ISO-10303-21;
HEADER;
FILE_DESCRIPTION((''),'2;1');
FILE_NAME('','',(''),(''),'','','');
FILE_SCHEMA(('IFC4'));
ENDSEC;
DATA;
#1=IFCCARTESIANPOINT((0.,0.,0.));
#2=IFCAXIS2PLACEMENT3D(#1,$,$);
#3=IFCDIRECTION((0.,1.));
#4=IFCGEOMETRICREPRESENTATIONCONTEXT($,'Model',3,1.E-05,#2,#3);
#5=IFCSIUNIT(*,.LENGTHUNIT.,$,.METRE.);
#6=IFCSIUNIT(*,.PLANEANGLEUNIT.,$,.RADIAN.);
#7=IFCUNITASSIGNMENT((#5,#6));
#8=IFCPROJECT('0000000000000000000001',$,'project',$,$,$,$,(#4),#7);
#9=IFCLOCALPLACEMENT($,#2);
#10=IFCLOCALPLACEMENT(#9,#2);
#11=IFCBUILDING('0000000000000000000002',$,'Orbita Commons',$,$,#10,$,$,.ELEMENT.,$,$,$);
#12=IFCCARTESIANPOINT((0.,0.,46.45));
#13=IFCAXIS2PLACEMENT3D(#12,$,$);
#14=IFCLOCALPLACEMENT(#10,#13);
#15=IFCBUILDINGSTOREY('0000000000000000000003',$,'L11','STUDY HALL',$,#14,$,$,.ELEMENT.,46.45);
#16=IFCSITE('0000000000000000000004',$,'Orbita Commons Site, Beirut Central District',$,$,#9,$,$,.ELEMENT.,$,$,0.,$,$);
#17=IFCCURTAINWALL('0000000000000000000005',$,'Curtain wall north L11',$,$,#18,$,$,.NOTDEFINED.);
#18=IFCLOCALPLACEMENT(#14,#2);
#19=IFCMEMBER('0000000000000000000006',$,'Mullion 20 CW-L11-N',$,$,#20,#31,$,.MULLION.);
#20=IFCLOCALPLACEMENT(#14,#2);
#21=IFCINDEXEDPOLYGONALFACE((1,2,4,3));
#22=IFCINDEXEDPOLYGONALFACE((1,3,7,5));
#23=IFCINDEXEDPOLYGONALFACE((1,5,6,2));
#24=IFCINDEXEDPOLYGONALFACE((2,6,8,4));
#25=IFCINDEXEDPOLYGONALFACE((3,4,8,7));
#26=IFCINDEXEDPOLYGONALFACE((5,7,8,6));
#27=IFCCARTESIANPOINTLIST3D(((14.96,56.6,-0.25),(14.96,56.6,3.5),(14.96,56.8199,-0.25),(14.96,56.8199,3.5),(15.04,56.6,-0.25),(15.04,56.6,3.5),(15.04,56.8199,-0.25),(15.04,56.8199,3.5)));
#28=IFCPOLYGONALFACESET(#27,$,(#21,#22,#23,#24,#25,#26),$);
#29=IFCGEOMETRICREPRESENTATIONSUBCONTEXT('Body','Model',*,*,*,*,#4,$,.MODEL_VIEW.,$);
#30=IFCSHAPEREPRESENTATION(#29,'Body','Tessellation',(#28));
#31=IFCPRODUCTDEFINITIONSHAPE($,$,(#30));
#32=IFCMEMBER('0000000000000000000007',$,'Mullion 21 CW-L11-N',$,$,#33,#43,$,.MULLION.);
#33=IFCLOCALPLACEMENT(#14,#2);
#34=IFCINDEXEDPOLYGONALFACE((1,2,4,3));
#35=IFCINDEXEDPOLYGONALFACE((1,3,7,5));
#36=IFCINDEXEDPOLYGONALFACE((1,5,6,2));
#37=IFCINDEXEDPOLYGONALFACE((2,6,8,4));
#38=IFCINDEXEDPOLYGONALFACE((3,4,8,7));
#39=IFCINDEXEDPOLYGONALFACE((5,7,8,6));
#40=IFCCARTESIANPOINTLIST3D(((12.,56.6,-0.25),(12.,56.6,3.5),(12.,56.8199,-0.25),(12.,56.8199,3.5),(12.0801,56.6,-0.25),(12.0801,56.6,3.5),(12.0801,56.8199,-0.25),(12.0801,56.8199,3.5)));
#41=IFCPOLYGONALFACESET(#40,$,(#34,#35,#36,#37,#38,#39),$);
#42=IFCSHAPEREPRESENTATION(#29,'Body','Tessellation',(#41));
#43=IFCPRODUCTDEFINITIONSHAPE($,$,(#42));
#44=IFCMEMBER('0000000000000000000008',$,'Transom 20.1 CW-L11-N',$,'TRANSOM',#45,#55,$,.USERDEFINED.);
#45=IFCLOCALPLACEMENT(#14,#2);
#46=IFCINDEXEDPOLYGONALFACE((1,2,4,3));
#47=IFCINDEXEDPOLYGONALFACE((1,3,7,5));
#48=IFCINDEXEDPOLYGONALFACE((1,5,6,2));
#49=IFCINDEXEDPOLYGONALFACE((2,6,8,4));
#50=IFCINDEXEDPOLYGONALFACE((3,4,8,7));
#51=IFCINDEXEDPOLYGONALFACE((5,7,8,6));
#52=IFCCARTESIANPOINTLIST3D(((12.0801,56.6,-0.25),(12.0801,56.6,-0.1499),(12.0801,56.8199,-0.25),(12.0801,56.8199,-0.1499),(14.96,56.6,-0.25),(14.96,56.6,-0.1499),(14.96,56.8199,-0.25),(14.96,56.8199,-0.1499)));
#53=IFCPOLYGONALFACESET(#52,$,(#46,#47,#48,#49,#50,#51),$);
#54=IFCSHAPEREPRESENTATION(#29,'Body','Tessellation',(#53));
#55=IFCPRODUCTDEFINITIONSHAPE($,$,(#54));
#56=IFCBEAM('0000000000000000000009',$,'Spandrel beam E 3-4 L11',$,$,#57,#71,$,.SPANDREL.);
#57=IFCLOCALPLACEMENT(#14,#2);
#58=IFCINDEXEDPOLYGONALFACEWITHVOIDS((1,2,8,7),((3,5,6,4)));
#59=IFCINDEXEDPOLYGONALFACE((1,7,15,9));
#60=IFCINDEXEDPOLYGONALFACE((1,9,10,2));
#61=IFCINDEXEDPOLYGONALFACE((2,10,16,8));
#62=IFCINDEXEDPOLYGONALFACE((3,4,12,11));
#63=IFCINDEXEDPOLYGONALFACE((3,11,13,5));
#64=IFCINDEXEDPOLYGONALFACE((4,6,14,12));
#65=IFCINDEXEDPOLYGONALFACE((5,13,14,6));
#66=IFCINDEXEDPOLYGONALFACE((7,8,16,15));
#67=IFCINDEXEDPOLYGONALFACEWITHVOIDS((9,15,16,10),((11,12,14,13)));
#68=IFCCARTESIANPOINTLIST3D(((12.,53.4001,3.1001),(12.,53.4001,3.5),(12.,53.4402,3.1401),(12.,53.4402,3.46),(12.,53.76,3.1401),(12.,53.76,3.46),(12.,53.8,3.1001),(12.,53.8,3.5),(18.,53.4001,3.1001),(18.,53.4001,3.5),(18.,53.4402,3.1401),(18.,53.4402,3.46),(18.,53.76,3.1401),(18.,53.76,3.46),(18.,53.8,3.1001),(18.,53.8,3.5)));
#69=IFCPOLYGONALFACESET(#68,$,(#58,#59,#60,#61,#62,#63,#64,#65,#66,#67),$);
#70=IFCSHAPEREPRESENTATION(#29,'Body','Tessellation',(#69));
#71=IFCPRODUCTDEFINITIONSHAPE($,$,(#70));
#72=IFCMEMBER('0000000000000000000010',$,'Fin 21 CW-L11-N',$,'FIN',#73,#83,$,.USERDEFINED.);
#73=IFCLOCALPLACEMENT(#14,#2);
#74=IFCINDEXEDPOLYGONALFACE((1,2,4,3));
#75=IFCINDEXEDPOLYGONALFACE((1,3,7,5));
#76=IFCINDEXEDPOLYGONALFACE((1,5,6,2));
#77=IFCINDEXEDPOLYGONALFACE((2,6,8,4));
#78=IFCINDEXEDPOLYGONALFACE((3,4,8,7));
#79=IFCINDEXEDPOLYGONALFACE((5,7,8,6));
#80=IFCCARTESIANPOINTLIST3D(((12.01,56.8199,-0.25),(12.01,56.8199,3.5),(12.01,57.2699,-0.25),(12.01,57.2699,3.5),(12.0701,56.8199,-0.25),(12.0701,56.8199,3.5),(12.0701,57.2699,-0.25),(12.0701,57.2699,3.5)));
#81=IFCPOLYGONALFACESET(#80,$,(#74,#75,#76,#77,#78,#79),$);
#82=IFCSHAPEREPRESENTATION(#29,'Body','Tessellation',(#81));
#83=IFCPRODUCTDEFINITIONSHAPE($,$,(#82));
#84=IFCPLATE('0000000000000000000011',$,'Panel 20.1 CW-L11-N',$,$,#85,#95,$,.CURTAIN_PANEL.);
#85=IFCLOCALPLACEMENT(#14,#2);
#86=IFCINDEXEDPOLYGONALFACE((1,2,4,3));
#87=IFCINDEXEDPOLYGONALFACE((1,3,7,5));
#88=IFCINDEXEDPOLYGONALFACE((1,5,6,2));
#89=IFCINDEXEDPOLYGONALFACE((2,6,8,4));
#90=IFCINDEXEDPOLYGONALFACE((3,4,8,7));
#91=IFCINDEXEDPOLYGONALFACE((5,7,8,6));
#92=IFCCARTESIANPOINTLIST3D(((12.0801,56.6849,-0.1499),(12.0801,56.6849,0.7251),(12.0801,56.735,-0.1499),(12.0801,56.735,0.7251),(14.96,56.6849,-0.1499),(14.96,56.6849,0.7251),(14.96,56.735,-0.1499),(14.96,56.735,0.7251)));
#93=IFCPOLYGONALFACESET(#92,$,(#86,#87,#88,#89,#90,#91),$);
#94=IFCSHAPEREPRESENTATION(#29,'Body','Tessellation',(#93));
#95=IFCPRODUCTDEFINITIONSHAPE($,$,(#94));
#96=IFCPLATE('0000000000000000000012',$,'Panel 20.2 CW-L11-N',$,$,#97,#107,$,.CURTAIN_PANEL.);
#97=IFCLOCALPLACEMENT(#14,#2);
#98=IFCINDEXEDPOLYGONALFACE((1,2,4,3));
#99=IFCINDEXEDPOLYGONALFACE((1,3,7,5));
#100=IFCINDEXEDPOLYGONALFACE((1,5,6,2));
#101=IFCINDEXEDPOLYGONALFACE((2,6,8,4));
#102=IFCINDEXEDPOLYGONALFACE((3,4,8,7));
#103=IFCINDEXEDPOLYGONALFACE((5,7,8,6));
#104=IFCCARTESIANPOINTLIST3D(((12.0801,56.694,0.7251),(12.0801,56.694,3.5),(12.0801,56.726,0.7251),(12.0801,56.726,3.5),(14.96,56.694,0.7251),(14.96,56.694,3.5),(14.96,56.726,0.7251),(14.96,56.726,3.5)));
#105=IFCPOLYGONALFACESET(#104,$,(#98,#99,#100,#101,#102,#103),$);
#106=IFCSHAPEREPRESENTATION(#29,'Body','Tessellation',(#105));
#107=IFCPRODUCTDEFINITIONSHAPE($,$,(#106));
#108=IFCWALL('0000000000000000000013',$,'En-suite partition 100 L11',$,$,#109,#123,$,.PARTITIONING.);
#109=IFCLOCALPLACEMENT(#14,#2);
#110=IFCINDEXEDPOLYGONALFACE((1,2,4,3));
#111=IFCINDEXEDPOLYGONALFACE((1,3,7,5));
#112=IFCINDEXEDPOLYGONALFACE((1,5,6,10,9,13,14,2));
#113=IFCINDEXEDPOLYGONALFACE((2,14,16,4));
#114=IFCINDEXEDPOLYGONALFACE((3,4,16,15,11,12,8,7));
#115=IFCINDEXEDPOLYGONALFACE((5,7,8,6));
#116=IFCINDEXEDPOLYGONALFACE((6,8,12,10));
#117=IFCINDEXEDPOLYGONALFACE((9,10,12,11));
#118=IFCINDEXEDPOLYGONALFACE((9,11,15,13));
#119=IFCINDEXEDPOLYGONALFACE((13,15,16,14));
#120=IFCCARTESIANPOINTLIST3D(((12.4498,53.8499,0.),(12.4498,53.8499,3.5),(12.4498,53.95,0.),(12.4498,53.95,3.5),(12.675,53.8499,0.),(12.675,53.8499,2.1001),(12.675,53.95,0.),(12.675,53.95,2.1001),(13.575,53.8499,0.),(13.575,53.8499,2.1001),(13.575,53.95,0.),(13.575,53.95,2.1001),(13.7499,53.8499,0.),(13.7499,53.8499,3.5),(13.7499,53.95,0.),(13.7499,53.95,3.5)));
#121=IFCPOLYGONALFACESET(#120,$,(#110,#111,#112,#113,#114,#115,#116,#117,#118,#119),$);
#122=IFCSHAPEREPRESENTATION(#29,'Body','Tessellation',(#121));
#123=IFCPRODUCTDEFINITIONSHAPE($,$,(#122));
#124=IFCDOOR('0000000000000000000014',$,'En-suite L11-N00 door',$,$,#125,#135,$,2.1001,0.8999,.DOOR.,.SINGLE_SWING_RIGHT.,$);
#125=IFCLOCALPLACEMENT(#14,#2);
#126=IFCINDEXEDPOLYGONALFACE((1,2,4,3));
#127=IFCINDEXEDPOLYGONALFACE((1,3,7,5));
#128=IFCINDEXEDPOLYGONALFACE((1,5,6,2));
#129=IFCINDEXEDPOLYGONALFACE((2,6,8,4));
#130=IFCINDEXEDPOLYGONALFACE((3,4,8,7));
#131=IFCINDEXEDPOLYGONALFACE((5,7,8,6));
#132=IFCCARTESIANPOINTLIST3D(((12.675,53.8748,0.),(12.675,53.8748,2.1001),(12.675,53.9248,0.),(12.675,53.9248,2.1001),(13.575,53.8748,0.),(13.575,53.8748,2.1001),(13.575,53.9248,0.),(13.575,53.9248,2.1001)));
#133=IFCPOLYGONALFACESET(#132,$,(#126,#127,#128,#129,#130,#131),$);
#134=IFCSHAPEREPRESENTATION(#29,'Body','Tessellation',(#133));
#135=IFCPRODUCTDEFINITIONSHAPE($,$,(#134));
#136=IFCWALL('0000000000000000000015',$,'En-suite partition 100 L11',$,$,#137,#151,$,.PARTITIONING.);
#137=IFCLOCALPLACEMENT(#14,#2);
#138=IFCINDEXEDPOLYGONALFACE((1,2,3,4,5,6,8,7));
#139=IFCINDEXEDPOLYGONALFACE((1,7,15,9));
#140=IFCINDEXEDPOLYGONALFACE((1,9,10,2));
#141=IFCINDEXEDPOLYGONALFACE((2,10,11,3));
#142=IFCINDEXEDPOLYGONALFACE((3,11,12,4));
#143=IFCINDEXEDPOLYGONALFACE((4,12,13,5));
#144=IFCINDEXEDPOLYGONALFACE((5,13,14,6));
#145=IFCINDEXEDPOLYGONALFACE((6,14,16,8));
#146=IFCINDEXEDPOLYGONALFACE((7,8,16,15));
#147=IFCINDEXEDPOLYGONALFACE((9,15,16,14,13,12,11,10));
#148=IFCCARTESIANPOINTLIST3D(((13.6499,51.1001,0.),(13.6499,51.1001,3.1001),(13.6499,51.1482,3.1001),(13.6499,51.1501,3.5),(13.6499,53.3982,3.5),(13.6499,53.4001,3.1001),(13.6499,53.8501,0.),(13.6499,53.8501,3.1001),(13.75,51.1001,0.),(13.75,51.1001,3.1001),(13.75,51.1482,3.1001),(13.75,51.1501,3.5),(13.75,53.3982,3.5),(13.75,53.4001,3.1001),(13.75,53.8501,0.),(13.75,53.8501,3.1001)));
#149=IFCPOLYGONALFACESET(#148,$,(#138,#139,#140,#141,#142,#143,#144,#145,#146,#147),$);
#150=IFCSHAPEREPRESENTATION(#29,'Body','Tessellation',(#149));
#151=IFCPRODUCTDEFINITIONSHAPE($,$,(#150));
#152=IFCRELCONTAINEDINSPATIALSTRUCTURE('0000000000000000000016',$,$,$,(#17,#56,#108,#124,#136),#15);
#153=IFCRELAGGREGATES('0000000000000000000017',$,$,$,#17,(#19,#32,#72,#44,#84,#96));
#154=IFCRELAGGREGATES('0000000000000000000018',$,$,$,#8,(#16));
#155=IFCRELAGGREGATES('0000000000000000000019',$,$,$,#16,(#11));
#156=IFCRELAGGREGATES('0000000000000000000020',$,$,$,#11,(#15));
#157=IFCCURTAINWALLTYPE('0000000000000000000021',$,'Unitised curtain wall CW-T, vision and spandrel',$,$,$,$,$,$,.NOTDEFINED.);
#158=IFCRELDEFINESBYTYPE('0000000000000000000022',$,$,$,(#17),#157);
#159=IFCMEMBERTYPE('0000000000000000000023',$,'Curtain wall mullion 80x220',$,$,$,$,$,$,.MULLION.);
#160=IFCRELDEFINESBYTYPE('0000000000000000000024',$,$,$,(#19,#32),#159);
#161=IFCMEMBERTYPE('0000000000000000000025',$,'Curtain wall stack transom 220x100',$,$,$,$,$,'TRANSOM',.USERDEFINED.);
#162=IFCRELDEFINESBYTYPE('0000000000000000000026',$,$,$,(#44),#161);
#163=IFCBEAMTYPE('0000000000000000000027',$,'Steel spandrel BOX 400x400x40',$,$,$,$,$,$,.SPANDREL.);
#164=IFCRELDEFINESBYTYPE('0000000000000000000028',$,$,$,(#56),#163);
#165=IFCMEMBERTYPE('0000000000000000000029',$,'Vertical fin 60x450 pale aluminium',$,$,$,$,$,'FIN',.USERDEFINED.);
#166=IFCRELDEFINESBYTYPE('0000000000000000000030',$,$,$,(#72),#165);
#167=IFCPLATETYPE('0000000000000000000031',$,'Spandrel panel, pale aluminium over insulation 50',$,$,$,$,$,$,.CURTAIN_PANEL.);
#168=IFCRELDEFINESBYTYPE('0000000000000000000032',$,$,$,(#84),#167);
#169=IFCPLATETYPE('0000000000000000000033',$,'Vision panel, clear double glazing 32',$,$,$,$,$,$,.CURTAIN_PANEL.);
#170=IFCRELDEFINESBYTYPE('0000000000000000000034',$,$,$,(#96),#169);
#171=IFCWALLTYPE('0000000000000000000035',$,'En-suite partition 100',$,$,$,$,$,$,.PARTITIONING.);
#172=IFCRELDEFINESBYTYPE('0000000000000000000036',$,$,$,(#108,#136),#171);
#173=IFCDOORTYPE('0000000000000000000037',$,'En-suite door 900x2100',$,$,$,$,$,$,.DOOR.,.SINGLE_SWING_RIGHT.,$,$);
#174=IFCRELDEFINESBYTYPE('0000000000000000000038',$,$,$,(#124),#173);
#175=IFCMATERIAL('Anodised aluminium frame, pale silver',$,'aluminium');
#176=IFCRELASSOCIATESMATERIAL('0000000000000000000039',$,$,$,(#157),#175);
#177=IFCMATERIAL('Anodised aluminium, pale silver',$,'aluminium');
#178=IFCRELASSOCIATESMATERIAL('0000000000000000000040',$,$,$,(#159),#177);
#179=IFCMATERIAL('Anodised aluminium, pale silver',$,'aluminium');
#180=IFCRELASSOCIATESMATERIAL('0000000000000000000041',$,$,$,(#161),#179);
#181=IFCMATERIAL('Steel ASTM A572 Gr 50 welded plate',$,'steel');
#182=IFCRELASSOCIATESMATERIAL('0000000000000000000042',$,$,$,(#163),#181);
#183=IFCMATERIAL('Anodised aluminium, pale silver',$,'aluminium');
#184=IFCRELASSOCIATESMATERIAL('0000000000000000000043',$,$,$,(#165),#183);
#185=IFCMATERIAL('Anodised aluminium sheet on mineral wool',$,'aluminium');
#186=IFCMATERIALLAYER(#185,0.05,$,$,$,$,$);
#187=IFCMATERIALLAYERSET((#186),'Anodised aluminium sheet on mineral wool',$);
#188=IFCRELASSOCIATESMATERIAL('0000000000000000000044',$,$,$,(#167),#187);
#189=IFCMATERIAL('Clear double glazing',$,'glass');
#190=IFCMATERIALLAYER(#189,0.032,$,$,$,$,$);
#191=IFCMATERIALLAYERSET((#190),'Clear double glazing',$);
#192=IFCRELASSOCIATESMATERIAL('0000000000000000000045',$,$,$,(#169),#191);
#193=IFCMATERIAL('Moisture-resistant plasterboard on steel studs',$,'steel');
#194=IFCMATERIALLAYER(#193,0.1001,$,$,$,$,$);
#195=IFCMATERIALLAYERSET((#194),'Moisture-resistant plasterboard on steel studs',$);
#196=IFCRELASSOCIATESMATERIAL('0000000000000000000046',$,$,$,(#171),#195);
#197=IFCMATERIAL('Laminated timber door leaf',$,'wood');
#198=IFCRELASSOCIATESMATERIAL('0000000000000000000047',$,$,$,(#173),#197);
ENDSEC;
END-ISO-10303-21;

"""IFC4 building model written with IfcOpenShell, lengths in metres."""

from ifc_helpers import new_model, si_unit, direction, frame, frame_2d, origin, origin_2d, place, context, subcontext, project, spatial, polyline, rectangle, hollow_rectangle, outline, extrude, material, layer, layer_set, material_profile, profile_set, type_object, element, fill, aggregate, save


model = new_model("IFC4")

# Units and contexts
model_context = context("Model", 3, precision=1e-05, world=origin(), true_north=direction((0.0, 1.0)))
body_context = subcontext(model_context, "Body", "Model", "MODEL_VIEW")
ifc_project = project(units=[si_unit("LENGTHUNIT", "METRE"), si_unit("PLANEANGLEUNIT", "RADIAN")], contexts=[model_context])

# Site, building, storey
site_placement = place(None, origin())
site = spatial("IfcSite", under=ifc_project, at=site_placement, Name="Orbita Commons Site, Beirut Central District", CompositionType="ELEMENT", RefElevation=0.0)
building_placement = place(site_placement, origin())
building = spatial("IfcBuilding", under=site, at=building_placement, Name="Orbita Commons", CompositionType="ELEMENT")
storey_placement = place(building_placement, frame((0.0, 0.0, 46.45)))
storey = spatial("IfcBuildingStorey", under=building, at=storey_placement, Name="L11", Description="STUDY HALL", CompositionType="ELEMENT", Elevation=46.45)

# Curtain wall, members
ifc_material_1 = material(Name="Anodised aluminium frame, pale silver", Category="aluminium")
curtain_wall_type = type_object("IfcCurtainWallType", Name="Unitised curtain wall CW-T, vision and spandrel", PredefinedType="NOTDEFINED", material=ifc_material_1)
curtain_wall_placement = place(storey_placement, origin())
curtain_wall = element("IfcCurtainWall", 1, at=curtain_wall_placement, inside=storey, type_object=curtain_wall_type, Name="Curtain wall north L11", PredefinedType="NOTDEFINED")
ifc_material_2 = material(Name="Anodised aluminium, pale silver", Category="aluminium")
ifc_material_profile_1 = material_profile(ifc_material_2, rectangle(XDim=0.0801, YDim=0.22, at=origin_2d()), Name="AL 80x220")
ifc_profile_set_1 = profile_set([ifc_material_profile_1], Name="Anodised aluminium, pale silver")
member_type_1 = type_object("IfcMemberType", Name="Curtain wall mullion 80x220", PredefinedType="MULLION", material=ifc_profile_set_1)
member_1_placement = place(storey_placement, frame((15.0, 56.71, -0.25), z_axis=(0.0, 0.0, 1.0), x_axis=(-1.0, 0.0, 0.0)))
member_1 = element("IfcMember", 2, at=member_1_placement, type_object=member_type_1, Name="Mullion 20 CW-L11-N", PredefinedType="MULLION", context=body_context, shape_type="SweptSolid", body=[
    extrude(rectangle(XDim=0.0801, YDim=0.22, at=origin_2d()), origin(), (0.0, 0.0, 1.0), 3.75),
])
member_2_placement = place(storey_placement, frame((12.04, 56.71, -0.25), z_axis=(0.0, 0.0, 1.0), x_axis=(-1.0, 0.0, 0.0)))
member_2 = element("IfcMember", 3, at=member_2_placement, type_object=member_type_1, Name="Mullion 21 CW-L11-N", PredefinedType="MULLION", context=body_context, shape_type="SweptSolid", body=[
    extrude(rectangle(XDim=0.0801, YDim=0.22, at=origin_2d()), origin(), (0.0, 0.0, 1.0), 3.75),
])
ifc_material_3 = material(Name="Anodised aluminium, pale silver", Category="aluminium")
ifc_material_profile_2 = material_profile(ifc_material_3, rectangle(XDim=0.22, YDim=0.1001, at=origin_2d()), Name="AL 220x100")
ifc_profile_set_2 = profile_set([ifc_material_profile_2], Name="Anodised aluminium, pale silver")
member_type_2 = type_object("IfcMemberType", Name="Curtain wall stack transom 220x100", ElementType="TRANSOM", PredefinedType="USERDEFINED", material=ifc_profile_set_2)
member_3_placement = place(storey_placement, frame((14.96, 56.71, -0.2), z_axis=(-1.0, 0.0, 0.0), x_axis=(0.0, -1.0, 0.0)))
member_3 = element("IfcMember", 4, at=member_3_placement, type_object=member_type_2, Name="Transom 20.1 CW-L11-N", ObjectType="TRANSOM", PredefinedType="USERDEFINED", context=body_context, shape_type="SweptSolid", body=[
    extrude(rectangle(XDim=0.22, YDim=0.1001, at=origin_2d()), origin(), (0.0, 0.0, 1.0), 2.8799),
])

# Beam
ifc_material_4 = material(Name="Steel ASTM A572 Gr 50 welded plate", Category="steel")
ifc_material_profile_3 = material_profile(ifc_material_4, hollow_rectangle(XDim=0.3999, YDim=0.3999, WallThickness=0.04, at=origin_2d()), Name="BOX 400x400x40")
ifc_profile_set_3 = profile_set([ifc_material_profile_3], Name="Steel ASTM A572 Gr 50 welded plate")
beam_type = type_object("IfcBeamType", Name="Steel spandrel BOX 400x400x40", PredefinedType="SPANDREL", material=ifc_profile_set_3)
beam_placement = place(storey_placement, frame((12.0, 53.6001, 3.3), z_axis=(1.0, 0.0, 0.0), x_axis=(0.0, 1.0, 0.0)))
element("IfcBeam", 5, at=beam_placement, inside=storey, type_object=beam_type, Name="Spandrel beam E 3-4 L11", PredefinedType="SPANDREL", context=body_context, shape_type="SweptSolid", body=[
    extrude(hollow_rectangle(XDim=0.3999, YDim=0.3999, WallThickness=0.04, at=origin_2d()), origin(), (0.0, 0.0, 1.0), 6.0),
])

# Member
ifc_material_5 = material(Name="Anodised aluminium, pale silver", Category="aluminium")
ifc_material_profile_4 = material_profile(ifc_material_5, rectangle(XDim=0.0601, YDim=0.45, at=origin_2d()), Name="FIN 60x450")
ifc_profile_set_4 = profile_set([ifc_material_profile_4], Name="Anodised aluminium, pale silver")
member_type_3 = type_object("IfcMemberType", Name="Vertical fin 60x450 pale aluminium", ElementType="FIN", PredefinedType="USERDEFINED", material=ifc_profile_set_4)
member_4_placement = place(storey_placement, frame((12.04, 57.0449, -0.25), z_axis=(0.0, 0.0, 1.0), x_axis=(-1.0, 0.0, 0.0)))
member_4 = element("IfcMember", 6, at=member_4_placement, type_object=member_type_3, Name="Fin 21 CW-L11-N", ObjectType="FIN", PredefinedType="USERDEFINED", context=body_context, shape_type="SweptSolid", body=[
    extrude(rectangle(XDim=0.0601, YDim=0.45, at=origin_2d()), origin(), (0.0, 0.0, 1.0), 3.75),
])

# Plates
ifc_material_6 = material(Name="Anodised aluminium sheet on mineral wool", Category="aluminium")
ifc_layer_1 = layer(ifc_material_6, 0.05)
ifc_layer_set_1 = layer_set([ifc_layer_1], Name="Anodised aluminium sheet on mineral wool")
plate_type_1 = type_object("IfcPlateType", Name="Spandrel panel, pale aluminium over insulation 50", PredefinedType="CURTAIN_PANEL", material=ifc_layer_set_1)
plate_1_placement = place(storey_placement, frame((13.52, 56.71, -0.1499), z_axis=(0.0, 0.0, 1.0), x_axis=(-1.0, 0.0, 0.0)))
plate_1 = element("IfcPlate", 7, at=plate_1_placement, type_object=plate_type_1, Name="Panel 20.1 CW-L11-N", PredefinedType="CURTAIN_PANEL", context=body_context, shape_type="SweptSolid", body=[
    extrude(rectangle(XDim=2.8799, YDim=0.05, at=origin_2d()), origin(), (0.0, 0.0, 1.0), 0.875),
])
ifc_material_7 = material(Name="Clear double glazing", Category="glass")
ifc_layer_2 = layer(ifc_material_7, 0.032)
ifc_layer_set_2 = layer_set([ifc_layer_2], Name="Clear double glazing")
plate_type_2 = type_object("IfcPlateType", Name="Vision panel, clear double glazing 32", PredefinedType="CURTAIN_PANEL", material=ifc_layer_set_2)
plate_2_placement = place(storey_placement, frame((13.52, 56.71, 0.7251), z_axis=(0.0, 0.0, 1.0), x_axis=(-1.0, 0.0, 0.0)))
plate_2 = element("IfcPlate", 8, at=plate_2_placement, type_object=plate_type_2, Name="Panel 20.2 CW-L11-N", PredefinedType="CURTAIN_PANEL", context=body_context, shape_type="SweptSolid", body=[
    extrude(rectangle(XDim=2.8799, YDim=0.032, at=origin_2d()), origin(), (0.0, 0.0, 1.0), 2.7749),
])
aggregate(curtain_wall, [member_1, member_2, member_4, member_3, plate_1, plate_2])

# Wall, opening, door
ifc_material_8 = material(Name="Moisture-resistant plasterboard on steel studs", Category="steel")
ifc_layer_3 = layer(ifc_material_8, 0.1001)
ifc_layer_set_3 = layer_set([ifc_layer_3], Name="Moisture-resistant plasterboard on steel studs")
wall_type_1 = type_object("IfcWallType", Name="En-suite partition 100", PredefinedType="PARTITIONING", material=ifc_layer_set_3)
wall_1_placement = place(storey_placement, frame((12.45, 53.8999, 0.0), z_axis=(0.0, 0.0, 1.0), x_axis=(1.0, 0.0, 0.0)))
wall_1 = element("IfcWall", 9, at=wall_1_placement, inside=storey, type_object=wall_type_1, Name="En-suite partition 100 L11", PredefinedType="PARTITIONING", context=body_context, shape_type="SweptSolid", body=[
    extrude(rectangle(XDim=1.3, YDim=0.1001, at=frame_2d((0.6499, 0.0))), origin(), (0.0, 0.0, 1.0), 3.5),
])
opening_1_placement = place(wall_1_placement, frame((0.2251, 0.0, 0.0)))
opening_1 = element("IfcOpeningElement", 10, at=opening_1_placement, cuts=wall_1, PredefinedType="OPENING", context=body_context, shape_type="SweptSolid", body=[
    extrude(rectangle(XDim=0.8999, YDim=2.1001, at=frame_2d((0.45, 1.05))), frame((0.0, 0.0601, 0.0), z_axis=(0.0, -1.0, 0.0), x_axis=(1.0, 0.0, 0.0)), (0.0, 0.0, 1.0), 0.1201),
])
ifc_material_9 = material(Name="Laminated timber door leaf", Category="wood")
door_type = type_object("IfcDoorType", Name="En-suite door 900x2100", OperationType="SINGLE_SWING_RIGHT", PredefinedType="DOOR", material=ifc_material_9)
door_1_placement = place(opening_1_placement, origin())
door_1 = element("IfcDoor", 11, at=door_1_placement, inside=storey, type_object=door_type, Name="En-suite L11-N00 door", OperationType="SINGLE_SWING_RIGHT", OverallHeight=2.1001, OverallWidth=0.8999, PredefinedType="DOOR", context=body_context, shape_type="SweptSolid", body=[
    extrude(rectangle(XDim=0.8999, YDim=2.1001, at=frame_2d((0.45, 1.05))), frame((0.0, 0.0249, 0.0), z_axis=(0.0, -1.0, 0.0), x_axis=(1.0, 0.0, 0.0)), (0.0, 0.0, 1.0), 0.05),
])
fill(opening_1, door_1)

# Wall
wall_2_placement = place(storey_placement, frame((13.7, 53.8501, 0.0), z_axis=(0.0, 0.0, 1.0), x_axis=(0.0, -1.0, 0.0)))
element("IfcWall", 12, at=wall_2_placement, inside=storey, type_object=wall_type_1, Name="En-suite partition 100 L11", PredefinedType="PARTITIONING", context=body_context, shape_type="SweptSolid", body=[
    extrude(outline(polyline([(0.0, 0.0), (2.75, 0.0), (2.75, 3.1001), (2.7019, 3.1001), (2.7, 3.5), (0.4519, 3.5), (0.45, 3.1001), (0.0, 3.1001), (0.0, 0.0)])), frame((0.0, 0.05, 0.0), z_axis=(0.0, -1.0, 0.0), x_axis=(1.0, 0.0, 0.0)), (0.0, 0.0, 1.0), 0.1001),
])

save(model, "model.ifc")
